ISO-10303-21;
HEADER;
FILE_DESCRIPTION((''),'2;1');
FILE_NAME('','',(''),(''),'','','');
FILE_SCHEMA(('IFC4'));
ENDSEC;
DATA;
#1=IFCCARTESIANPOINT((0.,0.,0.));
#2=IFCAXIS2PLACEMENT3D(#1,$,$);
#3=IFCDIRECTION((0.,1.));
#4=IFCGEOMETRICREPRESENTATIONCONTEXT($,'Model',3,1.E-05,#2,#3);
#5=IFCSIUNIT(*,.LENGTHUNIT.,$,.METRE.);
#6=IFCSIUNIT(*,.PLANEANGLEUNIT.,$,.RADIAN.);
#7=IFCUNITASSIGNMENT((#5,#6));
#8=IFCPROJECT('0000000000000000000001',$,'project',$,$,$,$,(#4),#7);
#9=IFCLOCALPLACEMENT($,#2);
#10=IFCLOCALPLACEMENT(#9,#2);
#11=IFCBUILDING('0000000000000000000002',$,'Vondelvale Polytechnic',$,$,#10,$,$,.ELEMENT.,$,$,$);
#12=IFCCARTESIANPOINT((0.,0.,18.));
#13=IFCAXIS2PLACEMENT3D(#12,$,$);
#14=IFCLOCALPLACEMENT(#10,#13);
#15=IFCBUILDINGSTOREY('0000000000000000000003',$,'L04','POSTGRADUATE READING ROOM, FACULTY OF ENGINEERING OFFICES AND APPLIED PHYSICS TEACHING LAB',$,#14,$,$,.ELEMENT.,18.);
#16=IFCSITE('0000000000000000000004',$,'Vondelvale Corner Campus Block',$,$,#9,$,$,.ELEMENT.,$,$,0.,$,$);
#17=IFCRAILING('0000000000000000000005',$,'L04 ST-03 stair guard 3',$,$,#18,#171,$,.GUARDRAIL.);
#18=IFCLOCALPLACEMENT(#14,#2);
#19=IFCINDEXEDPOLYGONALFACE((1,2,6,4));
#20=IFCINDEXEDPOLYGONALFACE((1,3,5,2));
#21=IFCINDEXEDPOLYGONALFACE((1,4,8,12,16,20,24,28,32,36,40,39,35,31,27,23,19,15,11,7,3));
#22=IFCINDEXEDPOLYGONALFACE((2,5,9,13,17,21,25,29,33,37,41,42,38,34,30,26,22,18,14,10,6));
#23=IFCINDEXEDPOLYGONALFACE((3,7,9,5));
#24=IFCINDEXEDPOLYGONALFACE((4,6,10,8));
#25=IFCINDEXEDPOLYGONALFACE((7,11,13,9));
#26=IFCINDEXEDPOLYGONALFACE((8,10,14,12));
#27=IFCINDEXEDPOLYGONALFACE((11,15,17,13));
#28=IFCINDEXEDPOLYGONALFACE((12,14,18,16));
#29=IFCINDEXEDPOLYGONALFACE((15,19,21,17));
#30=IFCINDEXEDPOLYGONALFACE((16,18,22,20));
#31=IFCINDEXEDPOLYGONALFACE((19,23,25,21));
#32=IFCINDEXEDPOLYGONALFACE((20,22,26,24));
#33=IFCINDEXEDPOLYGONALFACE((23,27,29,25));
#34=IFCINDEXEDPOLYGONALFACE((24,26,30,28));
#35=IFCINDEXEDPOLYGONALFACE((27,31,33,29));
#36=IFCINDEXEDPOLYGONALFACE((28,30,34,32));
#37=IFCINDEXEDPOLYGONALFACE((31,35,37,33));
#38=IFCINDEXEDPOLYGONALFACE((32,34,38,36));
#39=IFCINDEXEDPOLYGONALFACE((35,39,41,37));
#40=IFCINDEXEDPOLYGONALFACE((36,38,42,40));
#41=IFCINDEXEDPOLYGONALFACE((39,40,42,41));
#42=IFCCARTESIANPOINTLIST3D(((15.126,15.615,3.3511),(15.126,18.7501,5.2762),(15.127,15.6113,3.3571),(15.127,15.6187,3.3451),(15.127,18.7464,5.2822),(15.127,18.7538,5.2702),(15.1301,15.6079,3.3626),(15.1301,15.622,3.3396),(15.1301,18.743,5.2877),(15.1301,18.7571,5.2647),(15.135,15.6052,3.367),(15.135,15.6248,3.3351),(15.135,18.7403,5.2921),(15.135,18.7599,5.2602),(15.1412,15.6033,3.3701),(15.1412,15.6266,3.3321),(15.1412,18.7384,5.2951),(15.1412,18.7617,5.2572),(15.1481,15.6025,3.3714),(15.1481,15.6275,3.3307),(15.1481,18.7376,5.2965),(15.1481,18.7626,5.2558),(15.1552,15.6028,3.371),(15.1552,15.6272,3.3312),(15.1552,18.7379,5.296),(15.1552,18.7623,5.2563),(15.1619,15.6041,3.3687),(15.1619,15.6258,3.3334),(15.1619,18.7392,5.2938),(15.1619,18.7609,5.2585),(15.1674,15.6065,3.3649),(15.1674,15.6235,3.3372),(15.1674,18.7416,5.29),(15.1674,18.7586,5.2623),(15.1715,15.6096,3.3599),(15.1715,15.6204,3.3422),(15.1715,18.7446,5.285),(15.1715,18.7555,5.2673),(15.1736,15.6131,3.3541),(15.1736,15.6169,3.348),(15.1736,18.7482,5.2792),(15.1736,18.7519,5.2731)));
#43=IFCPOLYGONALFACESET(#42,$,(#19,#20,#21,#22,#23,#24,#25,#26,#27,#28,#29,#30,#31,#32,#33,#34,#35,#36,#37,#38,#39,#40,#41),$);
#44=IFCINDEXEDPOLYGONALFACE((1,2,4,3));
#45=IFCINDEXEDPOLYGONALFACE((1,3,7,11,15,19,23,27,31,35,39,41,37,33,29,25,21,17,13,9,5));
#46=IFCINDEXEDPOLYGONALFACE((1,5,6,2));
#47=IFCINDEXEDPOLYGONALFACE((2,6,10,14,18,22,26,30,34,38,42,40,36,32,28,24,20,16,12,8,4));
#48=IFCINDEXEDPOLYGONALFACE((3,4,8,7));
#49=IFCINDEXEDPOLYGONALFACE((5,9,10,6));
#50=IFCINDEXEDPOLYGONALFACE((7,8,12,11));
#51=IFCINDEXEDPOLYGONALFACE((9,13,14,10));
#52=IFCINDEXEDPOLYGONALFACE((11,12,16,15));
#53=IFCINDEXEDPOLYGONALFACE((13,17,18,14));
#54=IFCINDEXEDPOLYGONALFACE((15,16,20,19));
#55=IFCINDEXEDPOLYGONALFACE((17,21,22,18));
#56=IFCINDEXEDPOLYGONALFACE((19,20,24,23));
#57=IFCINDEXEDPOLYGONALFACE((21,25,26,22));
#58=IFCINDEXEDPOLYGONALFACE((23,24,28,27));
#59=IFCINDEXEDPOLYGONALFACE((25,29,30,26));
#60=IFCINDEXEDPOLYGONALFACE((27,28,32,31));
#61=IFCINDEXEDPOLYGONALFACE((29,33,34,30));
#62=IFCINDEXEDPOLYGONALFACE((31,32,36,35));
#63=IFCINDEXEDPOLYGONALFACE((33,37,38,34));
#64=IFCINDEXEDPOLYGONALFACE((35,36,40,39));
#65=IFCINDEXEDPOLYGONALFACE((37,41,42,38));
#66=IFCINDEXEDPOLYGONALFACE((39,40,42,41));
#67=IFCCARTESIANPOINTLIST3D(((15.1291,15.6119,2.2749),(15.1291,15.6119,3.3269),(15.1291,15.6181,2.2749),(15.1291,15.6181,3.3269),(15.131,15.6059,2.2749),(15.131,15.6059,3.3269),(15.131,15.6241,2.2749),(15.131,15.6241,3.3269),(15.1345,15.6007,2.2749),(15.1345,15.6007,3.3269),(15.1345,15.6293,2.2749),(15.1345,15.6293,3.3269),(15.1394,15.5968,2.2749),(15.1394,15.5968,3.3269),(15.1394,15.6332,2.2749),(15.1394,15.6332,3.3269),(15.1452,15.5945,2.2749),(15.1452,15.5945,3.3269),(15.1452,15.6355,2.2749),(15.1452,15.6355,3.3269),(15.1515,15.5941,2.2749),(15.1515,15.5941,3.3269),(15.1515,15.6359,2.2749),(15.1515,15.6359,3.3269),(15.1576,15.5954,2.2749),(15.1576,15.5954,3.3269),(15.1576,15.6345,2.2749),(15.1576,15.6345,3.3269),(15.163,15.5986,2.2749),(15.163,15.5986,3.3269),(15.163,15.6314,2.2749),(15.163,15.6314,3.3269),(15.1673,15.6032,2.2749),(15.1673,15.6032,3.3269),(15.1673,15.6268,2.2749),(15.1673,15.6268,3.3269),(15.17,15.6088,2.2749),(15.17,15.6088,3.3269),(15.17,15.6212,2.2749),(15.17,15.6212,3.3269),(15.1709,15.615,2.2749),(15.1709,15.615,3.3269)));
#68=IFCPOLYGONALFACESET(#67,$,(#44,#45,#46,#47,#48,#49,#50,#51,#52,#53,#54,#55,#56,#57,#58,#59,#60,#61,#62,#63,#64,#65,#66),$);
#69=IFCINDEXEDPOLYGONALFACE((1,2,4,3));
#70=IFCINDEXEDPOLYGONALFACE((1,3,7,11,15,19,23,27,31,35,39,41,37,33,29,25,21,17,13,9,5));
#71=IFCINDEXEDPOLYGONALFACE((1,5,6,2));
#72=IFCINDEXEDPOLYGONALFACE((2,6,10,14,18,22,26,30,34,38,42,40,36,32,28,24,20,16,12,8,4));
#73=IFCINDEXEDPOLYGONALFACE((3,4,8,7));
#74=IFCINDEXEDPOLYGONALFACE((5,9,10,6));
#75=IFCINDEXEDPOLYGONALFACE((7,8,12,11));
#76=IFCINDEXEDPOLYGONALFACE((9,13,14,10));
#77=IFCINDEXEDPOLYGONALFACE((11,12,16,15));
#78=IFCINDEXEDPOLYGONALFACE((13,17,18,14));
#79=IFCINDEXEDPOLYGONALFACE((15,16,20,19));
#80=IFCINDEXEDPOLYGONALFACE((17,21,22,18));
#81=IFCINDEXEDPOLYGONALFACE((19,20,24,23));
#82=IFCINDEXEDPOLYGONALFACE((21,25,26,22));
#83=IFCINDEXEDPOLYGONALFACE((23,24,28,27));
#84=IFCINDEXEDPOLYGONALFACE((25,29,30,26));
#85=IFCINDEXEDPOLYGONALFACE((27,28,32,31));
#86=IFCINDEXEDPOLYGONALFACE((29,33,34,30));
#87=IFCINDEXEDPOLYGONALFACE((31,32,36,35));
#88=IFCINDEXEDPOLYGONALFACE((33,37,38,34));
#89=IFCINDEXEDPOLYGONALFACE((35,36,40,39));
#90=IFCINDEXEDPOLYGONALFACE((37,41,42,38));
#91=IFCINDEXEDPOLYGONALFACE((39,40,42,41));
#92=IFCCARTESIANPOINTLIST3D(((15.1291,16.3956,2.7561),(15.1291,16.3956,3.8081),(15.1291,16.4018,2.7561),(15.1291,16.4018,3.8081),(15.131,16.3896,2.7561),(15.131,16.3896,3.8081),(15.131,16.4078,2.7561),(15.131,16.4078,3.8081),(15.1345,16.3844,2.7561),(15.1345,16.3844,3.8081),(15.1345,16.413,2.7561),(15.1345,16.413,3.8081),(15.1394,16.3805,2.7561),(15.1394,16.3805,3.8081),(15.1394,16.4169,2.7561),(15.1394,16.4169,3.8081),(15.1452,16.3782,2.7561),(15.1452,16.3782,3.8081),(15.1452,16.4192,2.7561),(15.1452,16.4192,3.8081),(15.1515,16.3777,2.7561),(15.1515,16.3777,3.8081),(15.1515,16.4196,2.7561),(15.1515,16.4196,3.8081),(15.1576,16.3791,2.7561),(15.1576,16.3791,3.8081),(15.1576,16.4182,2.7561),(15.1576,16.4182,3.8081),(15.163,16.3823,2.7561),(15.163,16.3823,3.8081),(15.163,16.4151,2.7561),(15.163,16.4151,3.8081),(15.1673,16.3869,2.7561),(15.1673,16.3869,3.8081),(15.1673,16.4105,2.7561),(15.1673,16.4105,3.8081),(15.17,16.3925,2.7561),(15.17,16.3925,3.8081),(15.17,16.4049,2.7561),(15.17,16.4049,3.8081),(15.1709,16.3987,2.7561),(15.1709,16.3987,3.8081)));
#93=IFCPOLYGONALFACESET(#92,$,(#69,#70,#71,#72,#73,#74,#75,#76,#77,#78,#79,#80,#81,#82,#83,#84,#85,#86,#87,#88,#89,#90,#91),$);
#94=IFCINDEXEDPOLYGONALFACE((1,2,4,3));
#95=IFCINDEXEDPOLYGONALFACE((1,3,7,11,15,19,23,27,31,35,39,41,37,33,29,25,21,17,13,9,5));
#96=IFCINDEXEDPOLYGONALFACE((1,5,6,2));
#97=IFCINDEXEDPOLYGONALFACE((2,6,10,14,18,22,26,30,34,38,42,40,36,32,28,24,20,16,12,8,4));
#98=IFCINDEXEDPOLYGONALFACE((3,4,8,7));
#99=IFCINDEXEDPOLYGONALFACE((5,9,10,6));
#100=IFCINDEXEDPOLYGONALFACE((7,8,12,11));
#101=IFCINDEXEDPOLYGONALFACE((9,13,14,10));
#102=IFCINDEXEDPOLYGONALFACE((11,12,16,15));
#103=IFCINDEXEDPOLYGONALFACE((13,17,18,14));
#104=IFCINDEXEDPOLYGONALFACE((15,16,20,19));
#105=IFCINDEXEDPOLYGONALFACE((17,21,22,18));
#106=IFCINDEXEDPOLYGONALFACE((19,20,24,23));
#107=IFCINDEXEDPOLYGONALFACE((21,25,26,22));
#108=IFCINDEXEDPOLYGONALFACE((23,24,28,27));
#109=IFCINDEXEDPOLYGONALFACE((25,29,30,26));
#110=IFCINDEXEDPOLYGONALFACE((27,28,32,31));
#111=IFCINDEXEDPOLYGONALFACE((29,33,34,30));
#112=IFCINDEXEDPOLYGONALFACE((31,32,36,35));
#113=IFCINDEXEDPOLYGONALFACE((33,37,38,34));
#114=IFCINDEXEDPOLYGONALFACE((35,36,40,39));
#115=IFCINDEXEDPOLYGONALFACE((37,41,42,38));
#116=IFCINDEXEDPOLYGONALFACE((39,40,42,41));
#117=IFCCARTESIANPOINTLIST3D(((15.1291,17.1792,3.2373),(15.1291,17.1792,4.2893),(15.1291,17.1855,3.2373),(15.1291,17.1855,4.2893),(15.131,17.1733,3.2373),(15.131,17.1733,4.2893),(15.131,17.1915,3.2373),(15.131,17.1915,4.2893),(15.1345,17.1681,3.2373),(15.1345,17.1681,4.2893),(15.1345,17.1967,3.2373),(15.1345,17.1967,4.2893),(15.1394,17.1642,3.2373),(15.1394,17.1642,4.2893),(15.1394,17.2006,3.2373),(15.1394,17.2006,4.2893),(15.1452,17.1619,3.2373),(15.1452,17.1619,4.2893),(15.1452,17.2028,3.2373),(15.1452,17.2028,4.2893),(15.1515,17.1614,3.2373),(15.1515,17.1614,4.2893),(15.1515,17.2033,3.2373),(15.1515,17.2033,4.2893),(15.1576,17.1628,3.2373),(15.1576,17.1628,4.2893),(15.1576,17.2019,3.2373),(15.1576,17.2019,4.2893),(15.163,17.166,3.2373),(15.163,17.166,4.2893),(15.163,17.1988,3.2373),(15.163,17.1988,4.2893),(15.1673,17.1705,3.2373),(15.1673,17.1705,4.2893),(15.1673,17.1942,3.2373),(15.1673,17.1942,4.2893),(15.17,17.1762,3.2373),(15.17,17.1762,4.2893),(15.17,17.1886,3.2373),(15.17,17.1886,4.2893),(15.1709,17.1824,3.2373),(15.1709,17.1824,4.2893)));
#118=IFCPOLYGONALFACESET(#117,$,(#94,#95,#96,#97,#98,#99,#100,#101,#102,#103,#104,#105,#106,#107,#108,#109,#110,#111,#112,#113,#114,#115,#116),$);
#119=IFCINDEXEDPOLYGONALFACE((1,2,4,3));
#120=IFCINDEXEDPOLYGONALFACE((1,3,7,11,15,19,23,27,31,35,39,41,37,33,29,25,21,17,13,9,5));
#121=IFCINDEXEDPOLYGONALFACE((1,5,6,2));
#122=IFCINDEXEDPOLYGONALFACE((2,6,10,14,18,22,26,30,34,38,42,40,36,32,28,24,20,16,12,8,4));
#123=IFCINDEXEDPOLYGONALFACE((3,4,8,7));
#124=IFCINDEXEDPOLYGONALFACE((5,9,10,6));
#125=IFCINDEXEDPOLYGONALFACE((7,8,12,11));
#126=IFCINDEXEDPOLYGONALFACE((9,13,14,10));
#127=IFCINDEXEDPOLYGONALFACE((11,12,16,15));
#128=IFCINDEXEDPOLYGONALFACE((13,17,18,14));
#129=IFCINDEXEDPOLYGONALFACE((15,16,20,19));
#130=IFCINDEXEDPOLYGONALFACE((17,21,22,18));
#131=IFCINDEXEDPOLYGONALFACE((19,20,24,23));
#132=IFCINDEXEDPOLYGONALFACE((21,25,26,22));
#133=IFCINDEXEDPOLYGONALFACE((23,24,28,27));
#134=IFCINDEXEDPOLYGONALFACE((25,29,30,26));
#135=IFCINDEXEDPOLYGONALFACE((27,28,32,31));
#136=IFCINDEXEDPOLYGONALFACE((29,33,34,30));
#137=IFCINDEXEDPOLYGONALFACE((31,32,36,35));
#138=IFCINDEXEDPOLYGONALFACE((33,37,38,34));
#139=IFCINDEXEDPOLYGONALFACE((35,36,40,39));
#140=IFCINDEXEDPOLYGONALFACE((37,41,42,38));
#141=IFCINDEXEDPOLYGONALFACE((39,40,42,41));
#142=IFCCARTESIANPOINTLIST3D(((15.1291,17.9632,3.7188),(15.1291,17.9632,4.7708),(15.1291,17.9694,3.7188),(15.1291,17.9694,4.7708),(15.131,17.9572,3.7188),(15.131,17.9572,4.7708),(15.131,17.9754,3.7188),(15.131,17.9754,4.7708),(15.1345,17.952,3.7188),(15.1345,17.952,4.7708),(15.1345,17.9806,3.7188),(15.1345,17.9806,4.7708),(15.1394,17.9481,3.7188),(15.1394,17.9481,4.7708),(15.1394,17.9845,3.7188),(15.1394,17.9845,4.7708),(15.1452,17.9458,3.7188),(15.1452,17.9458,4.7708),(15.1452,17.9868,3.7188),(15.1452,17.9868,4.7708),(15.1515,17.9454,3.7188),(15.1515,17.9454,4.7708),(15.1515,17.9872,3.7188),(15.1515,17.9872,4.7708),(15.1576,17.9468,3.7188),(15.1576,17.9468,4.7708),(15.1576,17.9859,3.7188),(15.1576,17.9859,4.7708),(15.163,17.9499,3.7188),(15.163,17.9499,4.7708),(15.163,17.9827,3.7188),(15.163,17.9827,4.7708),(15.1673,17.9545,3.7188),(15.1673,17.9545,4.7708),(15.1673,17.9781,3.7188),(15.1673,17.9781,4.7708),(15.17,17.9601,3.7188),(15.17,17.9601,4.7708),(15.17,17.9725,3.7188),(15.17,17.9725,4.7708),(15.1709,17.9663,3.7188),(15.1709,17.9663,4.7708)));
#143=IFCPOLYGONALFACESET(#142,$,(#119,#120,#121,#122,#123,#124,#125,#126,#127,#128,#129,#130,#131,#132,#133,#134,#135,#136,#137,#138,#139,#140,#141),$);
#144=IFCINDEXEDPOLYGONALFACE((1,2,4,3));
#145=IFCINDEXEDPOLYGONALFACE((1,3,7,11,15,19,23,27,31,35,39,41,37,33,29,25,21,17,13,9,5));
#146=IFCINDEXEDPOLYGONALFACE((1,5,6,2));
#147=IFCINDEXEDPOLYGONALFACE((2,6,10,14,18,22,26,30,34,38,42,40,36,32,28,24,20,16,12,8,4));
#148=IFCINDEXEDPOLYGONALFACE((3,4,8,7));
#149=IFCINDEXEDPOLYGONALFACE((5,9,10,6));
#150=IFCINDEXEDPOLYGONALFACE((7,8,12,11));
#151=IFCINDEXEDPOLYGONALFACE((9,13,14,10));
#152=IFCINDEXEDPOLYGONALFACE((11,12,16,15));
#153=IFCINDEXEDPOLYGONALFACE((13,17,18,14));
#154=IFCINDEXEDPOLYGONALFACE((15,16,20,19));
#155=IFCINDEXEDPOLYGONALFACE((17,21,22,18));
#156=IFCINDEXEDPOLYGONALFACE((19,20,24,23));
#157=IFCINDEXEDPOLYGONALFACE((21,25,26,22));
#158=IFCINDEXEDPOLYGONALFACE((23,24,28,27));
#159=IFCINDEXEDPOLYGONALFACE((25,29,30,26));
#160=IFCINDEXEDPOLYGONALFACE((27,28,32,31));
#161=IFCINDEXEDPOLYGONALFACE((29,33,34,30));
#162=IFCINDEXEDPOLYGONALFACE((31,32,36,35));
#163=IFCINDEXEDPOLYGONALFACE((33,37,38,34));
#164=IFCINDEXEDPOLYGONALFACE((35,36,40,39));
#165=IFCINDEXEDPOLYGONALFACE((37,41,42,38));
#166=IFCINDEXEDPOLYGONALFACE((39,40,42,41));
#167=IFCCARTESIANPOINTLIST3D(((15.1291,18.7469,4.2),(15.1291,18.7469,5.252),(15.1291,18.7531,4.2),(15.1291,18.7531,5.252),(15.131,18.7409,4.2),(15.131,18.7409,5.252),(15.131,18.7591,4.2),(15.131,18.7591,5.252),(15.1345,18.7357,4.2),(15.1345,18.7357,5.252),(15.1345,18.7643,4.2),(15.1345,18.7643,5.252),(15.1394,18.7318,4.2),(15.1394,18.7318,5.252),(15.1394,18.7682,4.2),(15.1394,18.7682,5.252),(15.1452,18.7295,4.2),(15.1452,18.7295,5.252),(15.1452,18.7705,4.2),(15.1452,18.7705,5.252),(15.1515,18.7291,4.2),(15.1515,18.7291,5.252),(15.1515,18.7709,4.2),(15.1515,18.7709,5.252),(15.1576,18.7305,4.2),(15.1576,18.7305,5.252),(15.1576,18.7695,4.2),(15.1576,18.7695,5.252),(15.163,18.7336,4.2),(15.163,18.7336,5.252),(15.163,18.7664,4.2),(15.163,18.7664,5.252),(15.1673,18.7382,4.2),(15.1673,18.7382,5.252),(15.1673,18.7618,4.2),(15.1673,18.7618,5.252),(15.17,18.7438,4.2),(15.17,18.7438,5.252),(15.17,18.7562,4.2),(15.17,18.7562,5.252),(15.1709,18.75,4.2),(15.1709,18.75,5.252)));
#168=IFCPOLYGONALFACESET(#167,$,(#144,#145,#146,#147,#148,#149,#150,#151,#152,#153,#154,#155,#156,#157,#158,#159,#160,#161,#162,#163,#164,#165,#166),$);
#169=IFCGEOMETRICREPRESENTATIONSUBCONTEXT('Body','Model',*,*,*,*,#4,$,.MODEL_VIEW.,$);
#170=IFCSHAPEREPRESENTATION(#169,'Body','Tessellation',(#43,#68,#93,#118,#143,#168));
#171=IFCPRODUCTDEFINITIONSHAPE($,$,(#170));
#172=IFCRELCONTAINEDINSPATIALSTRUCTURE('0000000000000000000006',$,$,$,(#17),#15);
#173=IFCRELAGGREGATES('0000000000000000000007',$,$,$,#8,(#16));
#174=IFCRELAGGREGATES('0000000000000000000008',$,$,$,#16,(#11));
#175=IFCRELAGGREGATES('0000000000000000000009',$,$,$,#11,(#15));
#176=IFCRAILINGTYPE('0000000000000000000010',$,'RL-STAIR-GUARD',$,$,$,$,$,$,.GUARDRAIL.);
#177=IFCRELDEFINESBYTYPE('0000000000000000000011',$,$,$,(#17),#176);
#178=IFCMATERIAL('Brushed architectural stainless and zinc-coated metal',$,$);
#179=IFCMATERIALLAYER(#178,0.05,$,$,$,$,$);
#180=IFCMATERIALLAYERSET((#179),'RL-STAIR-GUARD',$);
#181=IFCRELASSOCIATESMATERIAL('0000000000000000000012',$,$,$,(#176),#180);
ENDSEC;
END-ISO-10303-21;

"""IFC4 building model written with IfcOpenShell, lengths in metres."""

from ifc_helpers import new_model, si_unit, direction, frame, origin, origin_2d, place, context, subcontext, project, spatial, circle, extrude, material, layer, layer_set, type_object, element, save


model = new_model("IFC4")

# Units and contexts
model_context = context("Model", 3, precision=1e-05, world=origin(), true_north=direction((0.0, 1.0)))
body_context = subcontext(model_context, "Body", "Model", "MODEL_VIEW")
ifc_project = project(units=[si_unit("LENGTHUNIT", "METRE"), si_unit("PLANEANGLEUNIT", "RADIAN")], contexts=[model_context])

# Site, building, storey
site_placement = place(None, origin())
site = spatial("IfcSite", under=ifc_project, at=site_placement, Name="Vondelvale Corner Campus Block", CompositionType="ELEMENT", RefElevation=0.0)
building_placement = place(site_placement, origin())
building = spatial("IfcBuilding", under=site, at=building_placement, Name="Vondelvale Polytechnic", CompositionType="ELEMENT")
storey_placement = place(building_placement, frame((0.0, 0.0, 18.0)))
storey = spatial("IfcBuildingStorey", under=building, at=storey_placement, Name="L04", Description="POSTGRADUATE READING ROOM, FACULTY OF ENGINEERING OFFICES AND APPLIED PHYSICS TEACHING LAB", CompositionType="ELEMENT", Elevation=18.0)

# Shared definitions
ifc_material_1 = material(Name="Brushed architectural stainless and zinc-coated metal")

# Railing
ifc_layer_1 = layer(ifc_material_1, 0.05)
ifc_layer_set_1 = layer_set([ifc_layer_1], Name="RL-STAIR-GUARD")
railing_type_1 = type_object("IfcRailingType", Name="RL-STAIR-GUARD", PredefinedType="GUARDRAIL", material=ifc_layer_set_1)
railing_1_placement = place(storey_placement, frame((15.1499, 15.615, 2.2749)))
element("IfcRailing", 1, at=railing_1_placement, inside=storey, type_object=railing_type_1, Name="L04 ST-03 stair guard 3", PredefinedType="GUARDRAIL", context=body_context, shape_type="SweptSolid", body=[
    extrude(circle(Radius=0.0239, at=origin_2d()), frame((0.0, 0.0, 1.0762), z_axis=(0.0, 0.852166, 0.523271), x_axis=(-1.0, 0.0, 0.0)), (0.0, 0.0, 1.0), 3.679),
    extrude(circle(Radius=0.021, at=origin_2d()), origin(), (0.0, 0.0, 1.0), 1.052),
    extrude(circle(Radius=0.021, at=origin_2d()), frame((0.0, 0.7837, 0.4812)), (0.0, 0.0, 1.0), 1.052),
    extrude(circle(Radius=0.021, at=origin_2d()), frame((0.0, 1.5674, 0.9624)), (0.0, 0.0, 1.0), 1.052),
    extrude(circle(Radius=0.021, at=origin_2d()), frame((0.0, 2.3513, 1.4438)), (0.0, 0.0, 1.0), 1.052),
    extrude(circle(Radius=0.021, at=origin_2d()), frame((0.0, 3.135, 1.925)), (0.0, 0.0, 1.0), 1.052),
])

save(model, "model.ifc")
